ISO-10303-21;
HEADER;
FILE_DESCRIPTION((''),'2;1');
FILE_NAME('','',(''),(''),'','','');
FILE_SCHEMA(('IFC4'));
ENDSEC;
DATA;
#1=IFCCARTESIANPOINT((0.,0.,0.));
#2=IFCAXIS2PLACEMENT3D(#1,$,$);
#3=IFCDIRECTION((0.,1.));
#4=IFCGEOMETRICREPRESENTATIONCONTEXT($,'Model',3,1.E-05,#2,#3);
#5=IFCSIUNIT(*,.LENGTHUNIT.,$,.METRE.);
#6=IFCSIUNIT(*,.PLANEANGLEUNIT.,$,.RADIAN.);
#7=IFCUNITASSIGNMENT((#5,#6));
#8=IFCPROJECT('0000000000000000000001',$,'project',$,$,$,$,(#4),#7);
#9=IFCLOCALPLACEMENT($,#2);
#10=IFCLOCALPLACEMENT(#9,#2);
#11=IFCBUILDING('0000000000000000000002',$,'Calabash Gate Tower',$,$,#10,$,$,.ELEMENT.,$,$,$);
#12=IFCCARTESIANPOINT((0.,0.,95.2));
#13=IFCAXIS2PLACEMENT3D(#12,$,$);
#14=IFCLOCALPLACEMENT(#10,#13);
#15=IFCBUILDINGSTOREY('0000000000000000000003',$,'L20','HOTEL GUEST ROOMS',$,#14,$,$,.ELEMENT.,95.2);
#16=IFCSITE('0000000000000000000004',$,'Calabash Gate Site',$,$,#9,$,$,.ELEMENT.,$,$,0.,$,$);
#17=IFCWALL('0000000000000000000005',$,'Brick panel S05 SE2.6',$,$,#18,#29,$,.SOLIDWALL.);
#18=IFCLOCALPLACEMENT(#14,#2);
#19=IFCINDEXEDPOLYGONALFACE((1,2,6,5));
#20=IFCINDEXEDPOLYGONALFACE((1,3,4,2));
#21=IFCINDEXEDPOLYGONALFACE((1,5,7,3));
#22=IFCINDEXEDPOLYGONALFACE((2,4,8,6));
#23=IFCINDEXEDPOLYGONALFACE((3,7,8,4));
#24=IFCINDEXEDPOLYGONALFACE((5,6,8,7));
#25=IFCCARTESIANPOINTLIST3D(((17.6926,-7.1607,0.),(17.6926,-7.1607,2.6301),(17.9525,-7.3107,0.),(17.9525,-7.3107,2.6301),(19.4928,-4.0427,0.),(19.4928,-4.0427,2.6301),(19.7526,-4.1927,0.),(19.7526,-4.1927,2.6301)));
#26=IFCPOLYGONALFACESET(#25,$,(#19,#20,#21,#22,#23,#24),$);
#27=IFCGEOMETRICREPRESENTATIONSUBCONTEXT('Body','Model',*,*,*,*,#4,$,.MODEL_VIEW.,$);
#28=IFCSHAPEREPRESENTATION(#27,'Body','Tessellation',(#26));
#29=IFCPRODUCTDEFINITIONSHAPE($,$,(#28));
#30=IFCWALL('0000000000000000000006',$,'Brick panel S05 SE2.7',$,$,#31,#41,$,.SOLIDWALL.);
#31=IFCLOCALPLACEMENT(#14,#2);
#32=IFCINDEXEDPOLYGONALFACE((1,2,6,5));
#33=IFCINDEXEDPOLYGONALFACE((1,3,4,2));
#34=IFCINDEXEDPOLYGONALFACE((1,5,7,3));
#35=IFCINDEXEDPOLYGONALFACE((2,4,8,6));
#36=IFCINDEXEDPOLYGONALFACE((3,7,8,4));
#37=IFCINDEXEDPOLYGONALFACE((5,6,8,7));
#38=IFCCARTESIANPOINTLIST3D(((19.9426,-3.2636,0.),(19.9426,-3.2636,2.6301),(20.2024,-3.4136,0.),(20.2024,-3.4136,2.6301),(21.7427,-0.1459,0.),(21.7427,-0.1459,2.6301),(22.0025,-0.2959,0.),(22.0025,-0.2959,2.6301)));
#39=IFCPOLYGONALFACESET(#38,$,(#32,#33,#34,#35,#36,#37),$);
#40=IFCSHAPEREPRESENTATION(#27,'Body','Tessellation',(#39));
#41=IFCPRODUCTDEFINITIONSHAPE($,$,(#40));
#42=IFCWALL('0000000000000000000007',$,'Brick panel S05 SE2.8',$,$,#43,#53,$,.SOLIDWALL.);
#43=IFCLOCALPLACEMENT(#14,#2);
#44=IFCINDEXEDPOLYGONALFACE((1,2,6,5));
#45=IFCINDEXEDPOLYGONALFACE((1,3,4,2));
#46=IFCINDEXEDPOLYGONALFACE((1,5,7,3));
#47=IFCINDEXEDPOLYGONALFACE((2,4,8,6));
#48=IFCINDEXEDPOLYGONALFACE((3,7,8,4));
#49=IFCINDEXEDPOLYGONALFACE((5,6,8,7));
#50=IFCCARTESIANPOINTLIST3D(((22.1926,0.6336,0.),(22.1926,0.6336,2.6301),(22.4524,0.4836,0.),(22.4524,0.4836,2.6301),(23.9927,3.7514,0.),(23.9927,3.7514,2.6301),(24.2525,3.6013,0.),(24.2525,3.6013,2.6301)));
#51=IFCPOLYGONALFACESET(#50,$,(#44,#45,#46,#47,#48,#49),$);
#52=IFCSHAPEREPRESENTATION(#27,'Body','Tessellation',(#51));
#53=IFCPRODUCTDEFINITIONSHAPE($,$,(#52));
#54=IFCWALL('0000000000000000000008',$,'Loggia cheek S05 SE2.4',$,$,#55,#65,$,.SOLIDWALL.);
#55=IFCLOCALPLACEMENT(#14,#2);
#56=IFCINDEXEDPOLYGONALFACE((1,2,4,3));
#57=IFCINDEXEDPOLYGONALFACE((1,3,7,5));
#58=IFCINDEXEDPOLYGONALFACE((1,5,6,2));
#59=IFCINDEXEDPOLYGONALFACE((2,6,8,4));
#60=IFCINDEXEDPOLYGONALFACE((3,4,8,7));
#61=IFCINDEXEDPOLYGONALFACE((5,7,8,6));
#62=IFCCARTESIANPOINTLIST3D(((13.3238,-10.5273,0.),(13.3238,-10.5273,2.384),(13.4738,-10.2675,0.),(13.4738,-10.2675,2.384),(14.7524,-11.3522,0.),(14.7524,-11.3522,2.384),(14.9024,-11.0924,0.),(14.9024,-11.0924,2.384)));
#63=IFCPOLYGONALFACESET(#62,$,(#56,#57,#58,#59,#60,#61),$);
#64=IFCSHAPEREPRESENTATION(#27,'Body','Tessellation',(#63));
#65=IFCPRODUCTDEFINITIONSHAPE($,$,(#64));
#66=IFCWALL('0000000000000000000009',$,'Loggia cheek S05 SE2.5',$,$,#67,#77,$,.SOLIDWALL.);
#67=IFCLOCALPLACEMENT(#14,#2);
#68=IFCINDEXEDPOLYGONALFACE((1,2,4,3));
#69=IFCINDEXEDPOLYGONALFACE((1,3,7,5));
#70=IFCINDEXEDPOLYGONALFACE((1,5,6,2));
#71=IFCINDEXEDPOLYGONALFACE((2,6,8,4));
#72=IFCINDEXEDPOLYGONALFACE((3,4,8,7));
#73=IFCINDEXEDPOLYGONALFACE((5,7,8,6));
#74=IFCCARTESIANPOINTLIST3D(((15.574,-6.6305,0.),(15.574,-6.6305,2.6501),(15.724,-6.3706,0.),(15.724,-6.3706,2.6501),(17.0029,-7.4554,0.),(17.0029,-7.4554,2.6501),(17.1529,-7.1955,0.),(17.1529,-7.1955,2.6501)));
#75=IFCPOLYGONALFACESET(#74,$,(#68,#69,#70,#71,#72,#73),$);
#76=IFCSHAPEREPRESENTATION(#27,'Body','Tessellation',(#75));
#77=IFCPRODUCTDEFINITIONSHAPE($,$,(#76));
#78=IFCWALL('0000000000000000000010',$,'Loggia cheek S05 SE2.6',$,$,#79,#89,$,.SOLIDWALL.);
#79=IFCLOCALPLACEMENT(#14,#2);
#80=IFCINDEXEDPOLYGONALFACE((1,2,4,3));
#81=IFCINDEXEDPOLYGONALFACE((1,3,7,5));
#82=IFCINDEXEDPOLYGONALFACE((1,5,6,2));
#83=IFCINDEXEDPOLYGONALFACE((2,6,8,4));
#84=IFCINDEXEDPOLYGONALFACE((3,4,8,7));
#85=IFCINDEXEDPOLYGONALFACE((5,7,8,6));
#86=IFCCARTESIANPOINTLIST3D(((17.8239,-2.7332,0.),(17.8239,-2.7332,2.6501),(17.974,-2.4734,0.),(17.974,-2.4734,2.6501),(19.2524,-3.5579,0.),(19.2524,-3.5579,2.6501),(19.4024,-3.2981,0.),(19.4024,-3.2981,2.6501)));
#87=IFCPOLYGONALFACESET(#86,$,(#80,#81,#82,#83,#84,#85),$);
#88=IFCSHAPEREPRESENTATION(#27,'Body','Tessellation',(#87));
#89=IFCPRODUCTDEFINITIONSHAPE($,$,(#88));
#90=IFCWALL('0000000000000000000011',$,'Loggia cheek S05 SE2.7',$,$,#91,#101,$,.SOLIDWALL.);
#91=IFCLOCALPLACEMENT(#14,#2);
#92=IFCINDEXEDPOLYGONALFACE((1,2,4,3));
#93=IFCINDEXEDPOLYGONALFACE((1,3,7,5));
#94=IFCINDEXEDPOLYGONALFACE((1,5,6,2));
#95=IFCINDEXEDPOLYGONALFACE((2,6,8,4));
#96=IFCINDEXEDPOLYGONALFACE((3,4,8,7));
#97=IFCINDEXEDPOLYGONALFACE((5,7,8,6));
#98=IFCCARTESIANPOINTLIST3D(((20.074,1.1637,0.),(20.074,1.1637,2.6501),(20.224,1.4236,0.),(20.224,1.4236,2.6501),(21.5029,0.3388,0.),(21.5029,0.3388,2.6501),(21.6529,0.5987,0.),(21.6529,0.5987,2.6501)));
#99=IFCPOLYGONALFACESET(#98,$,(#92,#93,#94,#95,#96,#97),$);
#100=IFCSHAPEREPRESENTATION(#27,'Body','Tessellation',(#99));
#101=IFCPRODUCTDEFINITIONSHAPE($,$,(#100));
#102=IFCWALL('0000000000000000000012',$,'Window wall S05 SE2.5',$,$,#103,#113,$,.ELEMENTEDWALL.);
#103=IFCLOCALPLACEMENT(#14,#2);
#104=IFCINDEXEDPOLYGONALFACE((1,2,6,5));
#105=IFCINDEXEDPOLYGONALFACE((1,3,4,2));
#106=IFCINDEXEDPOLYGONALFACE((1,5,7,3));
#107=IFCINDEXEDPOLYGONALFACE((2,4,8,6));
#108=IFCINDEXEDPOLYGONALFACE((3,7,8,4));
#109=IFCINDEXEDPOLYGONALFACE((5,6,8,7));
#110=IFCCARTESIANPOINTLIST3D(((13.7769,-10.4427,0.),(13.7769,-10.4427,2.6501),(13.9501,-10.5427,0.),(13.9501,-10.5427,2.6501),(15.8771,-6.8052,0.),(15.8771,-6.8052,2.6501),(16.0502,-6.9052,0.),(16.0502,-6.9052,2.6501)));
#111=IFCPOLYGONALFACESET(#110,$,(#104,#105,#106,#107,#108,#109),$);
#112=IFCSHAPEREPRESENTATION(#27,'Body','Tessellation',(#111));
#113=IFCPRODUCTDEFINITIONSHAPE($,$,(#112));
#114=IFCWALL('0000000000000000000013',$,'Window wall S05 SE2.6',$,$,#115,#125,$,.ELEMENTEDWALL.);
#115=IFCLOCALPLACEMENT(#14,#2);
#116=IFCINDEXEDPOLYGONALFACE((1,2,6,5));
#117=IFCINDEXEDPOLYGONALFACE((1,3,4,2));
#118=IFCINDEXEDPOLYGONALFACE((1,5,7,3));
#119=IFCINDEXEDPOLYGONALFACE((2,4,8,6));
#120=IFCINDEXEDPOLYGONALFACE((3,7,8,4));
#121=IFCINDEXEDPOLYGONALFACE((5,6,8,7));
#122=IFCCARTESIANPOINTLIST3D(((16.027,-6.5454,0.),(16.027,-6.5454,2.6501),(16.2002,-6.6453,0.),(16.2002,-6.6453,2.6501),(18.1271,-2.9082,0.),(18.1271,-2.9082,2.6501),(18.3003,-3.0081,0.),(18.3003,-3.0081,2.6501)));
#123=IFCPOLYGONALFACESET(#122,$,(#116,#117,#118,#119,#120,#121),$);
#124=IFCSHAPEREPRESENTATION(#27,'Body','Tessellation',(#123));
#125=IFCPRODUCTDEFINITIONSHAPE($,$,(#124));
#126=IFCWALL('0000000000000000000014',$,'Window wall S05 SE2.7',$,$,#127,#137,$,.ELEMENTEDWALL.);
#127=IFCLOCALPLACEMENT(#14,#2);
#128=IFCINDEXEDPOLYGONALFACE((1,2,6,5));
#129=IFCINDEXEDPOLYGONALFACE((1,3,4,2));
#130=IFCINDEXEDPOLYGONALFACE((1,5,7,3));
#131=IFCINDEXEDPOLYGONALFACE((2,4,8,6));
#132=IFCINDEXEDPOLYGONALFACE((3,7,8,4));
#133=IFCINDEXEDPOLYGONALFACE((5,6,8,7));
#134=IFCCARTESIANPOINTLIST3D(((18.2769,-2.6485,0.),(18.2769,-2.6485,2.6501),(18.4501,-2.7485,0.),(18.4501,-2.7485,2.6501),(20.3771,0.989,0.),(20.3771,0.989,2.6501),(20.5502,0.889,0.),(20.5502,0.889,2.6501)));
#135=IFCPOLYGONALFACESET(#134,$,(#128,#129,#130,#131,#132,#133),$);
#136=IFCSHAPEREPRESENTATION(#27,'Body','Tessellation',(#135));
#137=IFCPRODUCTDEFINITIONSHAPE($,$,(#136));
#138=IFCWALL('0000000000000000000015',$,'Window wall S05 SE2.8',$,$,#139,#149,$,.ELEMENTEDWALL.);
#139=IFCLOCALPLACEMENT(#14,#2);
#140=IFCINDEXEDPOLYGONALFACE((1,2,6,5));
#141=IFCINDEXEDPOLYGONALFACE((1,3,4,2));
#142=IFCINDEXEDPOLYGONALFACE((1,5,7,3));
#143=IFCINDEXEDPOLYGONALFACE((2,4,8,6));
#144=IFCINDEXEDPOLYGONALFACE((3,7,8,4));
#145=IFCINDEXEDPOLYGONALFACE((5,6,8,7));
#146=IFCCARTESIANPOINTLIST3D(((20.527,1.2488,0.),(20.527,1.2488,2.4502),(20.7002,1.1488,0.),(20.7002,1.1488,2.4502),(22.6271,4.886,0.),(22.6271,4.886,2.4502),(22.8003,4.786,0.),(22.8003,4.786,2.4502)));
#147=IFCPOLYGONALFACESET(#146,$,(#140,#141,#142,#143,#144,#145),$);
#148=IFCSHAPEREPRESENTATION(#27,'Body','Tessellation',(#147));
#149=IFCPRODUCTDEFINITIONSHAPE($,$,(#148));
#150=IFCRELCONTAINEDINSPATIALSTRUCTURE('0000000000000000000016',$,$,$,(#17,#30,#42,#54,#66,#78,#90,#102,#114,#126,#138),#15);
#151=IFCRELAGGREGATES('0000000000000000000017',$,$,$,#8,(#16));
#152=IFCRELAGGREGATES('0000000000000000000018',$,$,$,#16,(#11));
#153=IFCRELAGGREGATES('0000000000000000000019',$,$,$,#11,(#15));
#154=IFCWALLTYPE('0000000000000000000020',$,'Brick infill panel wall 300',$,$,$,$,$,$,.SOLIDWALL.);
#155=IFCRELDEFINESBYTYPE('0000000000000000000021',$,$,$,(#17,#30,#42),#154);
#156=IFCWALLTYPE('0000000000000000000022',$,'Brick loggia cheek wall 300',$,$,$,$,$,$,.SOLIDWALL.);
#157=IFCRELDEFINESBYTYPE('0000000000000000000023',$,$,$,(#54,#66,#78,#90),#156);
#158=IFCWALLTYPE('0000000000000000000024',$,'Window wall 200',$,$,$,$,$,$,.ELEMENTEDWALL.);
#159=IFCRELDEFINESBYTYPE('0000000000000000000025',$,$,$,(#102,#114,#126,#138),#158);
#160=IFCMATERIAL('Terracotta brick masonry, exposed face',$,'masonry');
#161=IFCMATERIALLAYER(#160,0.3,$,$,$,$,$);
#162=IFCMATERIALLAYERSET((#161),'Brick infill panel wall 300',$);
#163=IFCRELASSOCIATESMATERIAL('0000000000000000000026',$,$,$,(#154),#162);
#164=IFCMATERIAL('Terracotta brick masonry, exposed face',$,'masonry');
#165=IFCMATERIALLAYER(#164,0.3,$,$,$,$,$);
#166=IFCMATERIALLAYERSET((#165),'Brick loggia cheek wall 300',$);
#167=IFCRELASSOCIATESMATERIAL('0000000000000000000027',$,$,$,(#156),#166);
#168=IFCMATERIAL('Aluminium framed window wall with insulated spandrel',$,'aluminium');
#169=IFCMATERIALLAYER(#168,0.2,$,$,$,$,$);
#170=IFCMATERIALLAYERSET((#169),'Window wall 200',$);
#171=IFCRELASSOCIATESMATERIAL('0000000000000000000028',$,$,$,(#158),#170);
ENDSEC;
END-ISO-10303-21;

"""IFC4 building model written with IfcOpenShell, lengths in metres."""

from ifc_helpers import new_model, si_unit, direction, frame, frame_2d, origin, place, context, subcontext, project, spatial, rectangle, extrude, material, layer, layer_set, type_object, element, save


model = new_model("IFC4")

# Units and contexts
model_context = context("Model", 3, precision=1e-05, world=origin(), true_north=direction((0.0, 1.0)))
body_context = subcontext(model_context, "Body", "Model", "MODEL_VIEW")
ifc_project = project(units=[si_unit("LENGTHUNIT", "METRE"), si_unit("PLANEANGLEUNIT", "RADIAN")], contexts=[model_context])

# Site, building, storey
site_placement = place(None, origin())
site = spatial("IfcSite", under=ifc_project, at=site_placement, Name="Calabash Gate Site", CompositionType="ELEMENT", RefElevation=0.0)
building_placement = place(site_placement, origin())
building = spatial("IfcBuilding", under=site, at=building_placement, Name="Calabash Gate Tower", CompositionType="ELEMENT")
storey_placement = place(building_placement, frame((0.0, 0.0, 95.2)))
storey = spatial("IfcBuildingStorey", under=building, at=storey_placement, Name="L20", Description="HOTEL GUEST ROOMS", CompositionType="ELEMENT", Elevation=95.2)

# Walls
ifc_material_1 = material(Name="Terracotta brick masonry, exposed face", Category="masonry")
ifc_layer_1 = layer(ifc_material_1, 0.3)
ifc_layer_set_1 = layer_set([ifc_layer_1], Name="Brick infill panel wall 300")
wall_type_1 = type_object("IfcWallType", Name="Brick infill panel wall 300", PredefinedType="SOLIDWALL", material=ifc_layer_set_1)
wall_1_placement = place(storey_placement, frame((17.8225, -7.2358, 0.0), z_axis=(0.0, 0.0, 1.0), x_axis=(0.499983, 0.866035, 0.0)))
element("IfcWall", 1, at=wall_1_placement, inside=storey, type_object=wall_type_1, Name="Brick panel S05 SE2.6", PredefinedType="SOLIDWALL", context=body_context, shape_type="SweptSolid", body=[
    extrude(rectangle(XDim=3.6003, YDim=0.3, at=frame_2d((1.8003, 0.0))), origin(), (0.0, 0.0, 1.0), 2.6301),
])
for number, where, z_axis, x_axis, name in (
    (2, (20.0725, -3.3386, 0.0), (0.0, 0.0, 1.0), (0.500012, 0.866018, 0.0), "Brick panel S05 SE2.7"),
    (3, (22.3225, 0.5586, 0.0), (0.0, 0.0, 1.0), (0.500012, 0.866018, 0.0), "Brick panel S05 SE2.8"),
):
    element("IfcWall", number, at=place(storey_placement, frame(where, z_axis=z_axis, x_axis=x_axis)), inside=storey, type_object=wall_type_1, Name=name, PredefinedType="SOLIDWALL", context=body_context, shape_type="SweptSolid", body=[
        extrude(rectangle(XDim=3.6001, YDim=0.3, at=frame_2d((1.8, 0.0))), origin(), (0.0, 0.0, 1.0), 2.6301),
    ])
ifc_material_2 = material(Name="Terracotta brick masonry, exposed face", Category="masonry")
ifc_layer_2 = layer(ifc_material_2, 0.3)
ifc_layer_set_2 = layer_set([ifc_layer_2], Name="Brick loggia cheek wall 300")
wall_type_2 = type_object("IfcWallType", Name="Brick loggia cheek wall 300", PredefinedType="SOLIDWALL", material=ifc_layer_set_2)
wall_2_placement = place(storey_placement, frame((13.3989, -10.3975, 0.0), z_axis=(0.0, 0.0, 1.0), x_axis=(0.866003, -0.500038, 0.0)))
element("IfcWall", 4, at=wall_2_placement, inside=storey, type_object=wall_type_2, Name="Loggia cheek S05 SE2.4", PredefinedType="SOLIDWALL", context=body_context, shape_type="SweptSolid", body=[
    extrude(rectangle(XDim=1.6497, YDim=0.3, at=frame_2d((0.8247, 0.0))), origin(), (0.0, 0.0, 1.0), 2.384),
])
wall_3_placement = place(storey_placement, frame((17.0779, -7.3254, 0.0), z_axis=(0.0, 0.0, 1.0), x_axis=(-0.86604, 0.499974, 0.0)))
element("IfcWall", 5, at=wall_3_placement, inside=storey, type_object=wall_type_2, Name="Loggia cheek S05 SE2.5", PredefinedType="SOLIDWALL", context=body_context, shape_type="SweptSolid", body=[
    extrude(rectangle(XDim=1.6499, YDim=0.3, at=frame_2d((0.825, 0.0))), origin(), (0.0, 0.0, 1.0), 2.6501),
])
wall_4_placement = place(storey_placement, frame((19.3274, -3.428, 0.0), z_axis=(0.0, 0.0, 1.0), x_axis=(-0.86603, 0.499992, 0.0)))
element("IfcWall", 6, at=wall_4_placement, inside=storey, type_object=wall_type_2, Name="Loggia cheek S05 SE2.6", PredefinedType="SOLIDWALL", context=body_context, shape_type="SweptSolid", body=[
    extrude(rectangle(XDim=1.6494, YDim=0.3, at=frame_2d((0.8247, 0.0))), origin(), (0.0, 0.0, 1.0), 2.6501),
])
wall_5_placement = place(storey_placement, frame((21.5779, 0.4688, 0.0), z_axis=(0.0, 0.0, 1.0), x_axis=(-0.86604, 0.499974, 0.0)))
element("IfcWall", 7, at=wall_5_placement, inside=storey, type_object=wall_type_2, Name="Loggia cheek S05 SE2.7", PredefinedType="SOLIDWALL", context=body_context, shape_type="SweptSolid", body=[
    extrude(rectangle(XDim=1.6499, YDim=0.3, at=frame_2d((0.825, 0.0))), origin(), (0.0, 0.0, 1.0), 2.6501),
])
ifc_material_3 = material(Name="Aluminium framed window wall with insulated spandrel", Category="aluminium")
ifc_layer_3 = layer(ifc_material_3, 0.2)
ifc_layer_set_3 = layer_set([ifc_layer_3], Name="Window wall 200")
wall_type_3 = type_object("IfcWallType", Name="Window wall 200", PredefinedType="ELEMENTEDWALL", material=ifc_layer_set_3)
wall_6_placement = place(storey_placement, frame((13.8635, -10.4927, 0.0), z_axis=(0.0, 0.0, 1.0), x_axis=(0.500003, 0.866024, 0.0)))
element("IfcWall", 8, at=wall_6_placement, inside=storey, type_object=wall_type_3, Name="Window wall S05 SE2.5", PredefinedType="ELEMENTEDWALL", context=body_context, shape_type="SweptSolid", body=[
    extrude(rectangle(XDim=4.2002, YDim=0.2, at=frame_2d((2.1001, 0.0))), origin(), (0.0, 0.0, 1.0), 2.6501),
])
wall_7_placement = place(storey_placement, frame((16.1135, -6.5955, 0.0), z_axis=(0.0, 0.0, 1.0), x_axis=(0.500028, 0.866009, 0.0)))
element("IfcWall", 9, at=wall_7_placement, inside=storey, type_object=wall_type_3, Name="Window wall S05 SE2.6", PredefinedType="ELEMENTEDWALL", context=body_context, shape_type="SweptSolid", body=[
    extrude(rectangle(XDim=4.2, YDim=0.2, at=frame_2d((2.1001, 0.0))), origin(), (0.0, 0.0, 1.0), 2.6501),
])
wall_8_placement = place(storey_placement, frame((18.3635, -2.6985, 0.0), z_axis=(0.0, 0.0, 1.0), x_axis=(0.500003, 0.866024, 0.0)))
element("IfcWall", 10, at=wall_8_placement, inside=storey, type_object=wall_type_3, Name="Window wall S05 SE2.7", PredefinedType="ELEMENTEDWALL", context=body_context, shape_type="SweptSolid", body=[
    extrude(rectangle(XDim=4.2002, YDim=0.2, at=frame_2d((2.1001, 0.0))), origin(), (0.0, 0.0, 1.0), 2.6501),
])
wall_9_placement = place(storey_placement, frame((20.6135, 1.1987, 0.0), z_axis=(0.0, 0.0, 1.0), x_axis=(0.500028, 0.866009, 0.0)))
element("IfcWall", 11, at=wall_9_placement, inside=storey, type_object=wall_type_3, Name="Window wall S05 SE2.8", PredefinedType="ELEMENTEDWALL", context=body_context, shape_type="SweptSolid", body=[
    extrude(rectangle(XDim=4.2, YDim=0.2, at=frame_2d((2.1001, 0.0))), origin(), (0.0, 0.0, 1.0), 2.4502),
])

save(model, "model.ifc")
